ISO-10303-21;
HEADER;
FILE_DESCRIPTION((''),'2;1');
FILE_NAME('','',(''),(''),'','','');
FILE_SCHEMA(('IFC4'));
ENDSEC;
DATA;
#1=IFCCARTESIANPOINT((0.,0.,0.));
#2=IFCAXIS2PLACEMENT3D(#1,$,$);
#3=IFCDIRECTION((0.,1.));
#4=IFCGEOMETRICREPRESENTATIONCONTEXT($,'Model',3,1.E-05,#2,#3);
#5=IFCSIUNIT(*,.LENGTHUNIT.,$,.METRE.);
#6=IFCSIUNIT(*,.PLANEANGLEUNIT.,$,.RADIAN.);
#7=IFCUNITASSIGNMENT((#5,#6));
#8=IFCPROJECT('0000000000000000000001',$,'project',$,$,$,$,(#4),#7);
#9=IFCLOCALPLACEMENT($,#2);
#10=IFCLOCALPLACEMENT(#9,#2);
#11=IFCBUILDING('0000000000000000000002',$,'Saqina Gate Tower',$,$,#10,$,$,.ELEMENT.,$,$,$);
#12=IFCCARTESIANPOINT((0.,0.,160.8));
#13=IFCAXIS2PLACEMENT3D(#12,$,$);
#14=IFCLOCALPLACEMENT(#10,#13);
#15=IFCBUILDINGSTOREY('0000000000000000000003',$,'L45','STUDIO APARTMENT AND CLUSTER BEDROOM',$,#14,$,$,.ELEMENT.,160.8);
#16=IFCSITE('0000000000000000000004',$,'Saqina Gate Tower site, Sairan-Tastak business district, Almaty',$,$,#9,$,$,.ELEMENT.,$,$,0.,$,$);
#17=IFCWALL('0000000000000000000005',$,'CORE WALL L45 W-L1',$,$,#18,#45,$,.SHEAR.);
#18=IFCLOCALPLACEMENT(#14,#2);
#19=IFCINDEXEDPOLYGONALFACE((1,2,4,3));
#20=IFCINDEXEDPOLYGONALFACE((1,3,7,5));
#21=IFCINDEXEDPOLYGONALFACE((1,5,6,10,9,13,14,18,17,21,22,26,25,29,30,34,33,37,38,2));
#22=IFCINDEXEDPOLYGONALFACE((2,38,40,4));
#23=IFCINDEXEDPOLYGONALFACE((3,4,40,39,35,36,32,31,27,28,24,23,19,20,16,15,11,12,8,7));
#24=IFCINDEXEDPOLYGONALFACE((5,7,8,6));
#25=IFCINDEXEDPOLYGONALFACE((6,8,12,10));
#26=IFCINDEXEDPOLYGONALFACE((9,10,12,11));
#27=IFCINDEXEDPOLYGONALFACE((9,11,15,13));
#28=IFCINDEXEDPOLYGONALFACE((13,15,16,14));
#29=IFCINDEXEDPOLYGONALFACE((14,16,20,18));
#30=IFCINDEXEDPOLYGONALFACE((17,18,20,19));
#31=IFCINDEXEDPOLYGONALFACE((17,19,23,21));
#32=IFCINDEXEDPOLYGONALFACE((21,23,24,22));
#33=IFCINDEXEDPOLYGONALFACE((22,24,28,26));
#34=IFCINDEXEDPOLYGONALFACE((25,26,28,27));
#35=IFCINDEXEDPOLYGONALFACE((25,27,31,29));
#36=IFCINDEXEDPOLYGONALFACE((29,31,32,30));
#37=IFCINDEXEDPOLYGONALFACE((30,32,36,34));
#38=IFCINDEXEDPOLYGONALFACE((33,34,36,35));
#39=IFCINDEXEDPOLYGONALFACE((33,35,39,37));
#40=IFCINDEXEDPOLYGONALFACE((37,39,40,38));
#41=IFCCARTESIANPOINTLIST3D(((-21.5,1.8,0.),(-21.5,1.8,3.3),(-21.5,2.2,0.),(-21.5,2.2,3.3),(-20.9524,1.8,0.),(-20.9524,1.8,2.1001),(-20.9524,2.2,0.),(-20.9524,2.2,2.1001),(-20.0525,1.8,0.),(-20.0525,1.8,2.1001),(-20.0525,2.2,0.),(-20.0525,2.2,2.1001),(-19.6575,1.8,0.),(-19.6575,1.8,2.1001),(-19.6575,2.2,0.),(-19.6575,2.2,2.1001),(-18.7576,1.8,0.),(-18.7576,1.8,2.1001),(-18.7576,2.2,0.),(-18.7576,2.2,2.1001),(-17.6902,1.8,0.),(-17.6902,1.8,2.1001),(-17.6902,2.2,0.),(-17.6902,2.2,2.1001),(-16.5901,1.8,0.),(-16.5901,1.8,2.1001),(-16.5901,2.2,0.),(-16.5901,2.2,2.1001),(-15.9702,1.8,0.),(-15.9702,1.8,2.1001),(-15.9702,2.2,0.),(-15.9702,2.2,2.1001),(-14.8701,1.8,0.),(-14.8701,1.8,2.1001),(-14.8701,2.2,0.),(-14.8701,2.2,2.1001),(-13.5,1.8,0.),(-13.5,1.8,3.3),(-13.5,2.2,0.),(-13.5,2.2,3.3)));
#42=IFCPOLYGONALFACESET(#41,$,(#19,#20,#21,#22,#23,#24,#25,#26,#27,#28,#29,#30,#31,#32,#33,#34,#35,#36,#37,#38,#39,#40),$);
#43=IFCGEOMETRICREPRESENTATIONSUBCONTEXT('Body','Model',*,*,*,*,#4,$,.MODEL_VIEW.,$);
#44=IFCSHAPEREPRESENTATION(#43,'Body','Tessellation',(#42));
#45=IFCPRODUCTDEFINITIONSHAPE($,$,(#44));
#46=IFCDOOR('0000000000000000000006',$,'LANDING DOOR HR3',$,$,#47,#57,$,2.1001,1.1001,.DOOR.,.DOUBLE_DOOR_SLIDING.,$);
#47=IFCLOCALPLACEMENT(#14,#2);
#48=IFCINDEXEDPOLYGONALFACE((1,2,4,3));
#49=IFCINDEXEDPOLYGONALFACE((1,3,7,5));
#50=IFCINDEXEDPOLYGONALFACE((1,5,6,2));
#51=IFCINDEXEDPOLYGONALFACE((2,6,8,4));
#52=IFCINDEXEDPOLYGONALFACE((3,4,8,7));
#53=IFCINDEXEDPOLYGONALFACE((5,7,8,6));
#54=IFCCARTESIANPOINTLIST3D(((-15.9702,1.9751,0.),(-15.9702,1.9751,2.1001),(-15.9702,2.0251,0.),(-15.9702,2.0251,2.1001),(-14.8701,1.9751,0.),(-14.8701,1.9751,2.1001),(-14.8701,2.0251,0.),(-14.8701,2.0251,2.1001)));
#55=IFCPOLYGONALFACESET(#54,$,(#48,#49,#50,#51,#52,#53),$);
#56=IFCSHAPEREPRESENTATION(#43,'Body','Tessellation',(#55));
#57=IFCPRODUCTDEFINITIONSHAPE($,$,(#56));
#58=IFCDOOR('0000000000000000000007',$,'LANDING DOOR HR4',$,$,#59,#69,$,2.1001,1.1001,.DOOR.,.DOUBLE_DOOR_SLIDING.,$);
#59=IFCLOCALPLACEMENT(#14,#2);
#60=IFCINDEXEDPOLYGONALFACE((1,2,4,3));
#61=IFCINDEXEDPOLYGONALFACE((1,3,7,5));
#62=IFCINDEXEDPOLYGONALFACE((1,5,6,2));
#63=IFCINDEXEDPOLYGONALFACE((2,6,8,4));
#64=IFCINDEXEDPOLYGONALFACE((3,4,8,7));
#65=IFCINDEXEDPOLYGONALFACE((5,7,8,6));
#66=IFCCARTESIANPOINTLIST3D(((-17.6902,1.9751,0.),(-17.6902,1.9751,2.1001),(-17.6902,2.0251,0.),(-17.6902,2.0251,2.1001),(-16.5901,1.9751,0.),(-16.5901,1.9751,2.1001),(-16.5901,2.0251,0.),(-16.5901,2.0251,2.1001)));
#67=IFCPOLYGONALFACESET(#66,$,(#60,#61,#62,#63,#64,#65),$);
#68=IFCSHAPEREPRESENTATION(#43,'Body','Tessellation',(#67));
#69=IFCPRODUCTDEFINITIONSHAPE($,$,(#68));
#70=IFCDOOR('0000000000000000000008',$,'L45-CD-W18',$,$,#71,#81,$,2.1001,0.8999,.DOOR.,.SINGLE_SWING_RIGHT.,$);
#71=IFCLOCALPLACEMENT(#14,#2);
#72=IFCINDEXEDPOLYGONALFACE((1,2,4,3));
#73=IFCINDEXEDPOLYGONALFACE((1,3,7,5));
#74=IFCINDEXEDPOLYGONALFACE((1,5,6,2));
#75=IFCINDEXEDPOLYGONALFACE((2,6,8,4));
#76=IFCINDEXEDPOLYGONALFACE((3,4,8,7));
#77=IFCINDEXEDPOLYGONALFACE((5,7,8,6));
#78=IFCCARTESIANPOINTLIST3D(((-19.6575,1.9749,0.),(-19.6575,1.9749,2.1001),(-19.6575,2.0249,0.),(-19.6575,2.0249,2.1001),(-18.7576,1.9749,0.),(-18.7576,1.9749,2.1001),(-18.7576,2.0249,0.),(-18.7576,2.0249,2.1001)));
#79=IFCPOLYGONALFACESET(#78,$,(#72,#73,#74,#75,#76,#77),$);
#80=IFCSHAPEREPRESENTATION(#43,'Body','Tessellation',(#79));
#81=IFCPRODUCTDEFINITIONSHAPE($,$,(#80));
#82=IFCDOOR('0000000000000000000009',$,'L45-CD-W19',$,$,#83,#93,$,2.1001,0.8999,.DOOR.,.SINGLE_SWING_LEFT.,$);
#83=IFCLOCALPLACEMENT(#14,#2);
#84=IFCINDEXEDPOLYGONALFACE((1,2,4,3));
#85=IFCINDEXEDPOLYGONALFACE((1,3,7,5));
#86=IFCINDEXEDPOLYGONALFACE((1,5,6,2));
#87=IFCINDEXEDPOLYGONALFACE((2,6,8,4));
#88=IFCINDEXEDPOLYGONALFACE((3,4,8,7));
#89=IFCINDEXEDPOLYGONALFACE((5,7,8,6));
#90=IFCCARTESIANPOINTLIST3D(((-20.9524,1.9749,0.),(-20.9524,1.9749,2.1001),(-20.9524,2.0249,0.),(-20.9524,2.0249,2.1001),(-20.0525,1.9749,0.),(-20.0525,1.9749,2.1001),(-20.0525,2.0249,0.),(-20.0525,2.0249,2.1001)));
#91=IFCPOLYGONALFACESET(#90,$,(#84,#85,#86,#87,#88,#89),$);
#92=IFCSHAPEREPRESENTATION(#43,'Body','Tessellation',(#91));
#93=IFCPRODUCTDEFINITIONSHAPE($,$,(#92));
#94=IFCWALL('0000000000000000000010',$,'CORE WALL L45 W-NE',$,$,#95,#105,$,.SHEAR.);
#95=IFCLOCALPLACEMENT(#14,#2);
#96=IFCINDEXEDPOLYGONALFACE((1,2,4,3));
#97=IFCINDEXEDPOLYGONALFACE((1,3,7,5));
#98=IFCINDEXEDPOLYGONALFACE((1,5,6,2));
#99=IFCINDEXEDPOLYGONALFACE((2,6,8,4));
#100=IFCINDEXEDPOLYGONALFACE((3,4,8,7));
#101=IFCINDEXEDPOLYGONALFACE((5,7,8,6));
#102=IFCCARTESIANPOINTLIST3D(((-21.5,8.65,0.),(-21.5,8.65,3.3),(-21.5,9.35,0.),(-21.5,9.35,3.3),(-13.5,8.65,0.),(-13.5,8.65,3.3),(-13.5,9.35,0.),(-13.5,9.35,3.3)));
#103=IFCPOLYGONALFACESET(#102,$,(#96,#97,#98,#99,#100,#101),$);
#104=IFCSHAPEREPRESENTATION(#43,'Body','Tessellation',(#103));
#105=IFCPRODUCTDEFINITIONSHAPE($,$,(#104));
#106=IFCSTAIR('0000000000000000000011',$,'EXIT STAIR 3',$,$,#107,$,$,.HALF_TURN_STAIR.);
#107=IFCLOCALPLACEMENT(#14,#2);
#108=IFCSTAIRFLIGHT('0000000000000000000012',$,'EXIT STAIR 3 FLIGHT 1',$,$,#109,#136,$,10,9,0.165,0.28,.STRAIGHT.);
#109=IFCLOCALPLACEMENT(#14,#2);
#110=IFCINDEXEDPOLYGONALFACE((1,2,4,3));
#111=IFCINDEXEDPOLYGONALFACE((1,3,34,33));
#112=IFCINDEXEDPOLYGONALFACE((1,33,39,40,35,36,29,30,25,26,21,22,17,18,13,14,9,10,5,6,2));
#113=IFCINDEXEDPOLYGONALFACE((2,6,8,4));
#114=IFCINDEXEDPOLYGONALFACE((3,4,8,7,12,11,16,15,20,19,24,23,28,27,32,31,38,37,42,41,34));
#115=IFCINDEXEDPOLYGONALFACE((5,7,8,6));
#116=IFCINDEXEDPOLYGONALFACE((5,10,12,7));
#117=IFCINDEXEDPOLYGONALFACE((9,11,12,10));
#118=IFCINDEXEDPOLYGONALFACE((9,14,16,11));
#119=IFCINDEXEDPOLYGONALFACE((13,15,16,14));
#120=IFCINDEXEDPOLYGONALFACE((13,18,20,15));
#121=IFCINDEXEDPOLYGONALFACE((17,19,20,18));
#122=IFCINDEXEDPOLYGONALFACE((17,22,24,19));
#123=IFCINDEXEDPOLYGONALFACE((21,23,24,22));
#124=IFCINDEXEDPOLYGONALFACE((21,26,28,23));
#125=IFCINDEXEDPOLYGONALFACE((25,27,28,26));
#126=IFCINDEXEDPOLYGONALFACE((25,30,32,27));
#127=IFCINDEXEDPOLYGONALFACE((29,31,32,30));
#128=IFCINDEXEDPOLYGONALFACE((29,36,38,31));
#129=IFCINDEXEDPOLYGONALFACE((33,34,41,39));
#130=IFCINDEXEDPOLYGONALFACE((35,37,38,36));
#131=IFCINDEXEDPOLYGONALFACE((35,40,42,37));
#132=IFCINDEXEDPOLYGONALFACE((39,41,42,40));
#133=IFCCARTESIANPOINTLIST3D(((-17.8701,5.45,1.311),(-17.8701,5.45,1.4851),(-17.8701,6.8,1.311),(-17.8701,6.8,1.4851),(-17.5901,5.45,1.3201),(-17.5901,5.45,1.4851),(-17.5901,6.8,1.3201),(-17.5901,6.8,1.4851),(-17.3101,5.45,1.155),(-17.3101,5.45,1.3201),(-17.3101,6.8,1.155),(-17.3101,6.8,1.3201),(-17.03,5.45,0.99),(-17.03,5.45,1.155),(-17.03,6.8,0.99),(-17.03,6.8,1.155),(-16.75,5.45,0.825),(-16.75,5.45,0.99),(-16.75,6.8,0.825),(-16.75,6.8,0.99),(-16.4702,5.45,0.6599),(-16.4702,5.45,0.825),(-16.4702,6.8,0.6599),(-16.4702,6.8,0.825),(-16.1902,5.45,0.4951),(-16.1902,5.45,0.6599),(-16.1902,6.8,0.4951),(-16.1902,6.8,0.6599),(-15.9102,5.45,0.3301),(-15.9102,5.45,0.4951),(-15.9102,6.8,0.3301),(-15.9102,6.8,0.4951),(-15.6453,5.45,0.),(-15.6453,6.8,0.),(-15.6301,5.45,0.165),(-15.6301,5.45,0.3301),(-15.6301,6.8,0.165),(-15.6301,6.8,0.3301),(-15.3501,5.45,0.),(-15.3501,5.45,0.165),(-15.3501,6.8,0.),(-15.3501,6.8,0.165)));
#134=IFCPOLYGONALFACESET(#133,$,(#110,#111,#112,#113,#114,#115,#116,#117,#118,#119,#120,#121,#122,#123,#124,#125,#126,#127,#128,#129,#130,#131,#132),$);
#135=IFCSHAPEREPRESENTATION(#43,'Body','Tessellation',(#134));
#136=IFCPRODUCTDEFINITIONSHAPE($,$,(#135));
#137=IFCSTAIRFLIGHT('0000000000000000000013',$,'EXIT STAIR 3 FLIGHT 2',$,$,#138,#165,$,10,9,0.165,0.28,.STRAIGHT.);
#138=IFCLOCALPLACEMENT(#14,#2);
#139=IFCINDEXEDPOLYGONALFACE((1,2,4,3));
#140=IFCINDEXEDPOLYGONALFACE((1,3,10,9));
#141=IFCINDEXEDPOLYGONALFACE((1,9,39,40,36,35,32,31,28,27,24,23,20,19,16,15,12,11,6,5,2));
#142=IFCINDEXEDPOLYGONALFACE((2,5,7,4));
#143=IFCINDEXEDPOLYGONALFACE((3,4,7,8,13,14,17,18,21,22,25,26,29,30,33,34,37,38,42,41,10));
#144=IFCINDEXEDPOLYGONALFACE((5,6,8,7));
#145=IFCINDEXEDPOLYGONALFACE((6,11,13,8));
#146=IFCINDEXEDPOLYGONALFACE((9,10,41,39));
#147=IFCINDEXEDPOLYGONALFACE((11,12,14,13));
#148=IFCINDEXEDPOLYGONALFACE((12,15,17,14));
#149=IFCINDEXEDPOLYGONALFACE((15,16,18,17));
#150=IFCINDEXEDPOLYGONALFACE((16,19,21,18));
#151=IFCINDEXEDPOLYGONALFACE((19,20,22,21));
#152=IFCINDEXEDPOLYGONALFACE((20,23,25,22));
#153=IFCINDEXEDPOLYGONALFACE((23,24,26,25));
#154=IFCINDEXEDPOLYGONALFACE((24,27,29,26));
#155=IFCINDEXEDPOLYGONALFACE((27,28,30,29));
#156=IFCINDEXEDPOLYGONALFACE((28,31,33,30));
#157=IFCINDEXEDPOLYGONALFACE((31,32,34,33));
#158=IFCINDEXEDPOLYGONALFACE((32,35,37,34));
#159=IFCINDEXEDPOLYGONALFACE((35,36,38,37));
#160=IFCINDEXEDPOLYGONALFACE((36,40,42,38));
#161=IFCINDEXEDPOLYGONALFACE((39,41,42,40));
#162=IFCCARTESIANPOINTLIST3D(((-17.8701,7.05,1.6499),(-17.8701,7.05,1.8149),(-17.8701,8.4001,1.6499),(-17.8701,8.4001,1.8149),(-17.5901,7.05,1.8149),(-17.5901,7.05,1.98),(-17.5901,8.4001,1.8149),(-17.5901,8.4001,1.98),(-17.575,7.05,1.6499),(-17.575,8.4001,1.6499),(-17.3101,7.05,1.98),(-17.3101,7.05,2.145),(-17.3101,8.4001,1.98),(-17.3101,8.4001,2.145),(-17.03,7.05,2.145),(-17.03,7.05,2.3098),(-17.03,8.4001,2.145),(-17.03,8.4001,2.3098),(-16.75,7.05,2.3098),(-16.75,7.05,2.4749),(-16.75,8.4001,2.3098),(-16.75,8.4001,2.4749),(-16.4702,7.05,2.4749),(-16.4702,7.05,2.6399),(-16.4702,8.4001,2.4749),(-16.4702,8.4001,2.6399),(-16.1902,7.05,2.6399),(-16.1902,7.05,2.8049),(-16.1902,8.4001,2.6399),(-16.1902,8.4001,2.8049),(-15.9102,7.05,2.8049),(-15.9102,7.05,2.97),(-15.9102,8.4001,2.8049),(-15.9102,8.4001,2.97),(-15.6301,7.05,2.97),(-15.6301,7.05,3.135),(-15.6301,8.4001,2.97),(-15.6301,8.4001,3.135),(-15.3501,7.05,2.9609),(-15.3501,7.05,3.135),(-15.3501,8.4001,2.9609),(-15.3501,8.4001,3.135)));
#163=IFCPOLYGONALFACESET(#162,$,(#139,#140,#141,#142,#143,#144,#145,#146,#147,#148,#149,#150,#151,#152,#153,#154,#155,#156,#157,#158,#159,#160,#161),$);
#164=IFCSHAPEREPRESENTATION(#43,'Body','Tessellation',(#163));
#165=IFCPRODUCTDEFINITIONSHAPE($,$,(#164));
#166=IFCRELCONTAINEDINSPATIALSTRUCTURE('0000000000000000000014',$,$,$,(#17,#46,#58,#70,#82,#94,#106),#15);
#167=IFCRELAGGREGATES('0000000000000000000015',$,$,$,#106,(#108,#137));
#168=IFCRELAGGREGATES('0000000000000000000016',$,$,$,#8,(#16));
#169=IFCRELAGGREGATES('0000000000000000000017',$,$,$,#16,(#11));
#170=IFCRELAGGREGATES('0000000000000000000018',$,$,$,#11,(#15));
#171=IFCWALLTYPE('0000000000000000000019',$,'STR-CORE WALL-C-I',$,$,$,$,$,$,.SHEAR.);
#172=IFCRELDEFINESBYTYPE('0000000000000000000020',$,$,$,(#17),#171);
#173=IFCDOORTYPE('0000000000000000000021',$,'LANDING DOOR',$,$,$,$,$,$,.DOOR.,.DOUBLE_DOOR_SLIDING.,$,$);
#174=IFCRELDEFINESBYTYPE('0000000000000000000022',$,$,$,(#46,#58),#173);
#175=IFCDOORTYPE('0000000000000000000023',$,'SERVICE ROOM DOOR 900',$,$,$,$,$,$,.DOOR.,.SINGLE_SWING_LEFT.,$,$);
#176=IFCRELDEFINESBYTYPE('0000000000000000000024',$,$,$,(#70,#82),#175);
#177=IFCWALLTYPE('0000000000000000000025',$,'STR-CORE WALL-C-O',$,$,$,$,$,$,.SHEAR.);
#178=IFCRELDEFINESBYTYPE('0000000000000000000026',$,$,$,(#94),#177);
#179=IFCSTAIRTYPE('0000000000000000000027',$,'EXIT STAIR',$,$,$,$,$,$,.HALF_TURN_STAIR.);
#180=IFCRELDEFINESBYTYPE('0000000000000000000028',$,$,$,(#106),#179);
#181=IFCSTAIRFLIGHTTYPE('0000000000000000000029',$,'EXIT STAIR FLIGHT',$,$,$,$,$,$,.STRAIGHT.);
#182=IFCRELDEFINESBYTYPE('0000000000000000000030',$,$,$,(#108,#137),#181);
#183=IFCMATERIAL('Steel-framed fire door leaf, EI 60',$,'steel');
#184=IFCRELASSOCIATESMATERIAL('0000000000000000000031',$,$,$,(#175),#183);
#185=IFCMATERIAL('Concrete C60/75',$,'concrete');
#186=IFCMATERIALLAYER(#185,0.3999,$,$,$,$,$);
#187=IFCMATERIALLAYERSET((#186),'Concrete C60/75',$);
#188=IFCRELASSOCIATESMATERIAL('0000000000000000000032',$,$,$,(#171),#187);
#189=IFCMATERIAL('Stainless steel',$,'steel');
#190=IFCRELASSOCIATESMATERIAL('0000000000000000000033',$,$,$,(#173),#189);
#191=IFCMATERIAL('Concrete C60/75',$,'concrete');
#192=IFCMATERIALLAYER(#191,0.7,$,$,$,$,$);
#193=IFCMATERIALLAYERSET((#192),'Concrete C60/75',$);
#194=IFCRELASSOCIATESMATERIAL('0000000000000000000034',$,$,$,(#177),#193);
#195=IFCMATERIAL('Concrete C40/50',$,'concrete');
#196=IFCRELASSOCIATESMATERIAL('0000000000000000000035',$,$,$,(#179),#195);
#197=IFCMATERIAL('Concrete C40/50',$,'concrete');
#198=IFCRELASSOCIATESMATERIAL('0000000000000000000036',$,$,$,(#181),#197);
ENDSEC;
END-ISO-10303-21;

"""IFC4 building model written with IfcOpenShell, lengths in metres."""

from ifc_helpers import new_model, si_unit, direction, frame, frame_2d, origin, place, context, subcontext, project, spatial, polyline, rectangle, outline, extrude, material, layer, layer_set, type_object, element, fill, aggregate, save


model = new_model("IFC4")

# Units and contexts
model_context = context("Model", 3, precision=1e-05, world=origin(), true_north=direction((0.0, 1.0)))
body_context = subcontext(model_context, "Body", "Model", "MODEL_VIEW")
ifc_project = project(units=[si_unit("LENGTHUNIT", "METRE"), si_unit("PLANEANGLEUNIT", "RADIAN")], contexts=[model_context])

# Site, building, storey
site_placement = place(None, origin())
site = spatial("IfcSite", under=ifc_project, at=site_placement, Name="Saqina Gate Tower site, Sairan-Tastak business district, Almaty", CompositionType="ELEMENT", RefElevation=0.0)
building_placement = place(site_placement, origin())
building = spatial("IfcBuilding", under=site, at=building_placement, Name="Saqina Gate Tower", CompositionType="ELEMENT")
storey_placement = place(building_placement, frame((0.0, 0.0, 160.8)))
storey = spatial("IfcBuildingStorey", under=building, at=storey_placement, Name="L45", Description="STUDIO APARTMENT AND CLUSTER BEDROOM", CompositionType="ELEMENT", Elevation=160.8)

# Shared definitions
ifc_material_1 = material(Name="Steel-framed fire door leaf, EI 60", Category="steel")
door_type_1 = type_object("IfcDoorType", Name="SERVICE ROOM DOOR 900", OperationType="SINGLE_SWING_LEFT", PredefinedType="DOOR", material=ifc_material_1)

# Shared definitions
ifc_material_2 = material(Name="Concrete C60/75", Category="concrete")
ifc_layer_1 = layer(ifc_material_2, 0.3999)
ifc_layer_set_1 = layer_set([ifc_layer_1], Name="Concrete C60/75")
wall_type_1 = type_object("IfcWallType", Name="STR-CORE WALL-C-I", PredefinedType="SHEAR", material=ifc_layer_set_1)

# Wall, openings, doors
wall_1_placement = place(storey_placement, frame((-13.5, 2.0, 0.0), z_axis=(0.0, 0.0, 1.0), x_axis=(-1.0, 0.0, 0.0)))
wall_1 = element("IfcWall", 1, at=wall_1_placement, inside=storey, type_object=wall_type_1, Name="CORE WALL L45 W-L1", PredefinedType="SHEAR", context=body_context, shape_type="SweptSolid", body=[
    extrude(rectangle(XDim=8.0, YDim=0.3999, at=frame_2d((4.0, 0.0))), origin(), (0.0, 0.0, 1.0), 3.3),
])
opening_1_placement = place(wall_1_placement, frame((1.3701, 0.0, 0.0)))
opening_1 = element("IfcOpeningElement", 2, at=opening_1_placement, cuts=wall_1, PredefinedType="OPENING", context=body_context, shape_type="SweptSolid", body=[
    extrude(rectangle(XDim=1.1001, YDim=2.1001, at=frame_2d((0.55, 1.05))), frame((0.0, 0.2119, 0.0), z_axis=(0.0, -1.0, 0.0), x_axis=(1.0, 0.0, 0.0)), (0.0, 0.0, 1.0), 0.4238),
])
opening_2_placement = place(wall_1_placement, frame((3.0901, 0.0, 0.0)))
opening_2 = element("IfcOpeningElement", 3, at=opening_2_placement, cuts=wall_1, PredefinedType="OPENING", context=body_context, shape_type="SweptSolid", body=[
    extrude(rectangle(XDim=1.1001, YDim=2.1001, at=frame_2d((0.55, 1.05))), frame((0.0, 0.2119, 0.0), z_axis=(0.0, -1.0, 0.0), x_axis=(1.0, 0.0, 0.0)), (0.0, 0.0, 1.0), 0.4238),
])
opening_3_placement = place(wall_1_placement, frame((5.2576, 0.0, 0.0)))
opening_3 = element("IfcOpeningElement", 4, at=opening_3_placement, cuts=wall_1, PredefinedType="OPENING", context=body_context, shape_type="SweptSolid", body=[
    extrude(rectangle(XDim=0.8999, YDim=2.1001, at=frame_2d((0.45, 1.05))), frame((0.0, 0.2119, 0.0), z_axis=(0.0, -1.0, 0.0), x_axis=(1.0, 0.0, 0.0)), (0.0, 0.0, 1.0), 0.4238),
])
opening_4_placement = place(wall_1_placement, frame((6.5525, 0.0, 0.0)))
opening_4 = element("IfcOpeningElement", 5, at=opening_4_placement, cuts=wall_1, PredefinedType="OPENING", context=body_context, shape_type="SweptSolid", body=[
    extrude(rectangle(XDim=0.8999, YDim=2.1001, at=frame_2d((0.45, 1.05))), frame((0.0, 0.2119, 0.0), z_axis=(0.0, -1.0, 0.0), x_axis=(1.0, 0.0, 0.0)), (0.0, 0.0, 1.0), 0.4238),
])
ifc_material_3 = material(Name="Stainless steel", Category="steel")
door_type_2 = type_object("IfcDoorType", Name="LANDING DOOR", OperationType="DOUBLE_DOOR_SLIDING", PredefinedType="DOOR", material=ifc_material_3)
door_1_placement = place(opening_1_placement, origin())
door_1 = element("IfcDoor", 6, at=door_1_placement, inside=storey, type_object=door_type_2, Name="LANDING DOOR HR3", OperationType="DOUBLE_DOOR_SLIDING", OverallHeight=2.1001, OverallWidth=1.1001, PredefinedType="DOOR", context=body_context, shape_type="SweptSolid", body=[
    extrude(rectangle(XDim=1.1001, YDim=2.1001, at=frame_2d((0.55, 1.05))), frame((0.0, 0.0249, 0.0), z_axis=(0.0, -1.0, 0.0), x_axis=(1.0, 0.0, 0.0)), (0.0, 0.0, 1.0), 0.05),
])
fill(opening_1, door_1)
door_2_placement = place(opening_2_placement, origin())
door_2 = element("IfcDoor", 7, at=door_2_placement, inside=storey, type_object=door_type_2, Name="LANDING DOOR HR4", OperationType="DOUBLE_DOOR_SLIDING", OverallHeight=2.1001, OverallWidth=1.1001, PredefinedType="DOOR", context=body_context, shape_type="SweptSolid", body=[
    extrude(rectangle(XDim=1.1001, YDim=2.1001, at=frame_2d((0.55, 1.05))), frame((0.0, 0.0249, 0.0), z_axis=(0.0, -1.0, 0.0), x_axis=(1.0, 0.0, 0.0)), (0.0, 0.0, 1.0), 0.05),
])
fill(opening_2, door_2)
door_3_placement = place(opening_3_placement, frame((0.8999, 0.0, 0.0), z_axis=(0.0, 0.0, 1.0), x_axis=(-1.0, 0.0, 0.0)))
door_3 = element("IfcDoor", 8, at=door_3_placement, inside=storey, type_object=door_type_1, Name="L45-CD-W18", OperationType="SINGLE_SWING_RIGHT", OverallHeight=2.1001, OverallWidth=0.8999, PredefinedType="DOOR", context=body_context, shape_type="SweptSolid", body=[
    extrude(rectangle(XDim=0.8999, YDim=2.1001, at=frame_2d((0.45, 1.05))), frame((0.0, 0.0249, 0.0), z_axis=(0.0, -1.0, 0.0), x_axis=(1.0, 0.0, 0.0)), (0.0, 0.0, 1.0), 0.05),
])
fill(opening_3, door_3)
door_4_placement = place(opening_4_placement, frame((0.8999, 0.0, 0.0), z_axis=(0.0, 0.0, 1.0), x_axis=(-1.0, 0.0, 0.0)))
door_4 = element("IfcDoor", 9, at=door_4_placement, inside=storey, type_object=door_type_1, Name="L45-CD-W19", OperationType="SINGLE_SWING_LEFT", OverallHeight=2.1001, OverallWidth=0.8999, PredefinedType="DOOR", context=body_context, shape_type="SweptSolid", body=[
    extrude(rectangle(XDim=0.8999, YDim=2.1001, at=frame_2d((0.45, 1.05))), frame((0.0, 0.0249, 0.0), z_axis=(0.0, -1.0, 0.0), x_axis=(1.0, 0.0, 0.0)), (0.0, 0.0, 1.0), 0.05),
])
fill(opening_4, door_4)

# Wall
ifc_material_4 = material(Name="Concrete C60/75", Category="concrete")
ifc_layer_2 = layer(ifc_material_4, 0.7)
ifc_layer_set_2 = layer_set([ifc_layer_2], Name="Concrete C60/75")
wall_type_2 = type_object("IfcWallType", Name="STR-CORE WALL-C-O", PredefinedType="SHEAR", material=ifc_layer_set_2)
wall_2_placement = place(storey_placement, frame((-13.5, 9.0, 0.0), z_axis=(0.0, 0.0, 1.0), x_axis=(-1.0, 0.0, 0.0)))
element("IfcWall", 10, at=wall_2_placement, inside=storey, type_object=wall_type_2, Name="CORE WALL L45 W-NE", PredefinedType="SHEAR", context=body_context, shape_type="SweptSolid", body=[
    extrude(rectangle(XDim=8.0, YDim=0.7, at=frame_2d((4.0, 0.0))), origin(), (0.0, 0.0, 1.0), 3.3),
])

# Stair, stair flights
ifc_material_5 = material(Name="Concrete C40/50", Category="concrete")
stair_type = type_object("IfcStairType", Name="EXIT STAIR", PredefinedType="HALF_TURN_STAIR", material=ifc_material_5)
stair_placement = place(storey_placement, origin())
stair = element("IfcStair", 11, at=stair_placement, inside=storey, type_object=stair_type, Name="EXIT STAIR 3", PredefinedType="HALF_TURN_STAIR")
ifc_material_6 = material(Name="Concrete C40/50", Category="concrete")
stair_flight_type = type_object("IfcStairFlightType", Name="EXIT STAIR FLIGHT", PredefinedType="STRAIGHT", material=ifc_material_6)
stair_flight_1_placement = place(storey_placement, frame((-15.3501, 6.125, 0.0), z_axis=(0.0, 0.0, 1.0), x_axis=(-1.0, 0.0, 0.0)))
stair_flight_1 = element("IfcStairFlight", 12, at=stair_flight_1_placement, type_object=stair_flight_type, Name="EXIT STAIR 3 FLIGHT 1", NumberOfRisers=10, NumberOfTreads=9, PredefinedType="STRAIGHT", RiserHeight=0.165, TreadLength=0.28, context=body_context, shape_type="SweptSolid", body=[
    extrude(outline(polyline([(0.0, 0.0), (0.0, 0.165), (0.28, 0.165), (0.28, 0.3301), (0.5601, 0.3301), (0.5601, 0.4951), (0.8401, 0.4951), (0.8401, 0.6599), (1.1201, 0.6599), (1.1201, 0.825), (1.3999, 0.825), (1.3999, 0.99), (1.6799, 0.99), (1.6799, 1.155), (1.96, 1.155), (1.96, 1.3201), (2.24, 1.3201), (2.24, 1.4851), (2.52, 1.4851), (2.52, 1.6499), (2.52, 1.311), (0.2952, 0.0), (0.0, 0.0)])), frame((0.0, 0.675, 0.0), z_axis=(0.0, -1.0, 0.0), x_axis=(1.0, 0.0, 0.0)), (0.0, 0.0, 1.0), 1.3501),
])
stair_flight_2_placement = place(storey_placement, frame((-17.8701, 7.7251, 1.6499), z_axis=(0.0, 0.0, 1.0), x_axis=(1.0, 0.0, 0.0)))
stair_flight_2 = element("IfcStairFlight", 13, at=stair_flight_2_placement, type_object=stair_flight_type, Name="EXIT STAIR 3 FLIGHT 2", NumberOfRisers=10, NumberOfTreads=9, PredefinedType="STRAIGHT", RiserHeight=0.165, TreadLength=0.28, context=body_context, shape_type="SweptSolid", body=[
    extrude(outline(polyline([(0.0, 0.0), (0.0, 0.165), (0.28, 0.165), (0.28, 0.3301), (0.5601, 0.3301), (0.5601, 0.4951), (0.8401, 0.4951), (0.8401, 0.6599), (1.1201, 0.6599), (1.1201, 0.825), (1.3999, 0.825), (1.3999, 0.99), (1.6799, 0.99), (1.6799, 1.155), (1.96, 1.155), (1.96, 1.3201), (2.24, 1.3201), (2.24, 1.4851), (2.52, 1.4851), (2.52, 1.6499), (2.52, 1.311), (0.2952, 0.0), (0.0, 0.0)])), frame((0.0, 0.675, 0.0), z_axis=(0.0, -1.0, 0.0), x_axis=(1.0, 0.0, 0.0)), (0.0, 0.0, 1.0), 1.3501),
])
aggregate(stair, [stair_flight_1, stair_flight_2])

save(model, "model.ifc")
